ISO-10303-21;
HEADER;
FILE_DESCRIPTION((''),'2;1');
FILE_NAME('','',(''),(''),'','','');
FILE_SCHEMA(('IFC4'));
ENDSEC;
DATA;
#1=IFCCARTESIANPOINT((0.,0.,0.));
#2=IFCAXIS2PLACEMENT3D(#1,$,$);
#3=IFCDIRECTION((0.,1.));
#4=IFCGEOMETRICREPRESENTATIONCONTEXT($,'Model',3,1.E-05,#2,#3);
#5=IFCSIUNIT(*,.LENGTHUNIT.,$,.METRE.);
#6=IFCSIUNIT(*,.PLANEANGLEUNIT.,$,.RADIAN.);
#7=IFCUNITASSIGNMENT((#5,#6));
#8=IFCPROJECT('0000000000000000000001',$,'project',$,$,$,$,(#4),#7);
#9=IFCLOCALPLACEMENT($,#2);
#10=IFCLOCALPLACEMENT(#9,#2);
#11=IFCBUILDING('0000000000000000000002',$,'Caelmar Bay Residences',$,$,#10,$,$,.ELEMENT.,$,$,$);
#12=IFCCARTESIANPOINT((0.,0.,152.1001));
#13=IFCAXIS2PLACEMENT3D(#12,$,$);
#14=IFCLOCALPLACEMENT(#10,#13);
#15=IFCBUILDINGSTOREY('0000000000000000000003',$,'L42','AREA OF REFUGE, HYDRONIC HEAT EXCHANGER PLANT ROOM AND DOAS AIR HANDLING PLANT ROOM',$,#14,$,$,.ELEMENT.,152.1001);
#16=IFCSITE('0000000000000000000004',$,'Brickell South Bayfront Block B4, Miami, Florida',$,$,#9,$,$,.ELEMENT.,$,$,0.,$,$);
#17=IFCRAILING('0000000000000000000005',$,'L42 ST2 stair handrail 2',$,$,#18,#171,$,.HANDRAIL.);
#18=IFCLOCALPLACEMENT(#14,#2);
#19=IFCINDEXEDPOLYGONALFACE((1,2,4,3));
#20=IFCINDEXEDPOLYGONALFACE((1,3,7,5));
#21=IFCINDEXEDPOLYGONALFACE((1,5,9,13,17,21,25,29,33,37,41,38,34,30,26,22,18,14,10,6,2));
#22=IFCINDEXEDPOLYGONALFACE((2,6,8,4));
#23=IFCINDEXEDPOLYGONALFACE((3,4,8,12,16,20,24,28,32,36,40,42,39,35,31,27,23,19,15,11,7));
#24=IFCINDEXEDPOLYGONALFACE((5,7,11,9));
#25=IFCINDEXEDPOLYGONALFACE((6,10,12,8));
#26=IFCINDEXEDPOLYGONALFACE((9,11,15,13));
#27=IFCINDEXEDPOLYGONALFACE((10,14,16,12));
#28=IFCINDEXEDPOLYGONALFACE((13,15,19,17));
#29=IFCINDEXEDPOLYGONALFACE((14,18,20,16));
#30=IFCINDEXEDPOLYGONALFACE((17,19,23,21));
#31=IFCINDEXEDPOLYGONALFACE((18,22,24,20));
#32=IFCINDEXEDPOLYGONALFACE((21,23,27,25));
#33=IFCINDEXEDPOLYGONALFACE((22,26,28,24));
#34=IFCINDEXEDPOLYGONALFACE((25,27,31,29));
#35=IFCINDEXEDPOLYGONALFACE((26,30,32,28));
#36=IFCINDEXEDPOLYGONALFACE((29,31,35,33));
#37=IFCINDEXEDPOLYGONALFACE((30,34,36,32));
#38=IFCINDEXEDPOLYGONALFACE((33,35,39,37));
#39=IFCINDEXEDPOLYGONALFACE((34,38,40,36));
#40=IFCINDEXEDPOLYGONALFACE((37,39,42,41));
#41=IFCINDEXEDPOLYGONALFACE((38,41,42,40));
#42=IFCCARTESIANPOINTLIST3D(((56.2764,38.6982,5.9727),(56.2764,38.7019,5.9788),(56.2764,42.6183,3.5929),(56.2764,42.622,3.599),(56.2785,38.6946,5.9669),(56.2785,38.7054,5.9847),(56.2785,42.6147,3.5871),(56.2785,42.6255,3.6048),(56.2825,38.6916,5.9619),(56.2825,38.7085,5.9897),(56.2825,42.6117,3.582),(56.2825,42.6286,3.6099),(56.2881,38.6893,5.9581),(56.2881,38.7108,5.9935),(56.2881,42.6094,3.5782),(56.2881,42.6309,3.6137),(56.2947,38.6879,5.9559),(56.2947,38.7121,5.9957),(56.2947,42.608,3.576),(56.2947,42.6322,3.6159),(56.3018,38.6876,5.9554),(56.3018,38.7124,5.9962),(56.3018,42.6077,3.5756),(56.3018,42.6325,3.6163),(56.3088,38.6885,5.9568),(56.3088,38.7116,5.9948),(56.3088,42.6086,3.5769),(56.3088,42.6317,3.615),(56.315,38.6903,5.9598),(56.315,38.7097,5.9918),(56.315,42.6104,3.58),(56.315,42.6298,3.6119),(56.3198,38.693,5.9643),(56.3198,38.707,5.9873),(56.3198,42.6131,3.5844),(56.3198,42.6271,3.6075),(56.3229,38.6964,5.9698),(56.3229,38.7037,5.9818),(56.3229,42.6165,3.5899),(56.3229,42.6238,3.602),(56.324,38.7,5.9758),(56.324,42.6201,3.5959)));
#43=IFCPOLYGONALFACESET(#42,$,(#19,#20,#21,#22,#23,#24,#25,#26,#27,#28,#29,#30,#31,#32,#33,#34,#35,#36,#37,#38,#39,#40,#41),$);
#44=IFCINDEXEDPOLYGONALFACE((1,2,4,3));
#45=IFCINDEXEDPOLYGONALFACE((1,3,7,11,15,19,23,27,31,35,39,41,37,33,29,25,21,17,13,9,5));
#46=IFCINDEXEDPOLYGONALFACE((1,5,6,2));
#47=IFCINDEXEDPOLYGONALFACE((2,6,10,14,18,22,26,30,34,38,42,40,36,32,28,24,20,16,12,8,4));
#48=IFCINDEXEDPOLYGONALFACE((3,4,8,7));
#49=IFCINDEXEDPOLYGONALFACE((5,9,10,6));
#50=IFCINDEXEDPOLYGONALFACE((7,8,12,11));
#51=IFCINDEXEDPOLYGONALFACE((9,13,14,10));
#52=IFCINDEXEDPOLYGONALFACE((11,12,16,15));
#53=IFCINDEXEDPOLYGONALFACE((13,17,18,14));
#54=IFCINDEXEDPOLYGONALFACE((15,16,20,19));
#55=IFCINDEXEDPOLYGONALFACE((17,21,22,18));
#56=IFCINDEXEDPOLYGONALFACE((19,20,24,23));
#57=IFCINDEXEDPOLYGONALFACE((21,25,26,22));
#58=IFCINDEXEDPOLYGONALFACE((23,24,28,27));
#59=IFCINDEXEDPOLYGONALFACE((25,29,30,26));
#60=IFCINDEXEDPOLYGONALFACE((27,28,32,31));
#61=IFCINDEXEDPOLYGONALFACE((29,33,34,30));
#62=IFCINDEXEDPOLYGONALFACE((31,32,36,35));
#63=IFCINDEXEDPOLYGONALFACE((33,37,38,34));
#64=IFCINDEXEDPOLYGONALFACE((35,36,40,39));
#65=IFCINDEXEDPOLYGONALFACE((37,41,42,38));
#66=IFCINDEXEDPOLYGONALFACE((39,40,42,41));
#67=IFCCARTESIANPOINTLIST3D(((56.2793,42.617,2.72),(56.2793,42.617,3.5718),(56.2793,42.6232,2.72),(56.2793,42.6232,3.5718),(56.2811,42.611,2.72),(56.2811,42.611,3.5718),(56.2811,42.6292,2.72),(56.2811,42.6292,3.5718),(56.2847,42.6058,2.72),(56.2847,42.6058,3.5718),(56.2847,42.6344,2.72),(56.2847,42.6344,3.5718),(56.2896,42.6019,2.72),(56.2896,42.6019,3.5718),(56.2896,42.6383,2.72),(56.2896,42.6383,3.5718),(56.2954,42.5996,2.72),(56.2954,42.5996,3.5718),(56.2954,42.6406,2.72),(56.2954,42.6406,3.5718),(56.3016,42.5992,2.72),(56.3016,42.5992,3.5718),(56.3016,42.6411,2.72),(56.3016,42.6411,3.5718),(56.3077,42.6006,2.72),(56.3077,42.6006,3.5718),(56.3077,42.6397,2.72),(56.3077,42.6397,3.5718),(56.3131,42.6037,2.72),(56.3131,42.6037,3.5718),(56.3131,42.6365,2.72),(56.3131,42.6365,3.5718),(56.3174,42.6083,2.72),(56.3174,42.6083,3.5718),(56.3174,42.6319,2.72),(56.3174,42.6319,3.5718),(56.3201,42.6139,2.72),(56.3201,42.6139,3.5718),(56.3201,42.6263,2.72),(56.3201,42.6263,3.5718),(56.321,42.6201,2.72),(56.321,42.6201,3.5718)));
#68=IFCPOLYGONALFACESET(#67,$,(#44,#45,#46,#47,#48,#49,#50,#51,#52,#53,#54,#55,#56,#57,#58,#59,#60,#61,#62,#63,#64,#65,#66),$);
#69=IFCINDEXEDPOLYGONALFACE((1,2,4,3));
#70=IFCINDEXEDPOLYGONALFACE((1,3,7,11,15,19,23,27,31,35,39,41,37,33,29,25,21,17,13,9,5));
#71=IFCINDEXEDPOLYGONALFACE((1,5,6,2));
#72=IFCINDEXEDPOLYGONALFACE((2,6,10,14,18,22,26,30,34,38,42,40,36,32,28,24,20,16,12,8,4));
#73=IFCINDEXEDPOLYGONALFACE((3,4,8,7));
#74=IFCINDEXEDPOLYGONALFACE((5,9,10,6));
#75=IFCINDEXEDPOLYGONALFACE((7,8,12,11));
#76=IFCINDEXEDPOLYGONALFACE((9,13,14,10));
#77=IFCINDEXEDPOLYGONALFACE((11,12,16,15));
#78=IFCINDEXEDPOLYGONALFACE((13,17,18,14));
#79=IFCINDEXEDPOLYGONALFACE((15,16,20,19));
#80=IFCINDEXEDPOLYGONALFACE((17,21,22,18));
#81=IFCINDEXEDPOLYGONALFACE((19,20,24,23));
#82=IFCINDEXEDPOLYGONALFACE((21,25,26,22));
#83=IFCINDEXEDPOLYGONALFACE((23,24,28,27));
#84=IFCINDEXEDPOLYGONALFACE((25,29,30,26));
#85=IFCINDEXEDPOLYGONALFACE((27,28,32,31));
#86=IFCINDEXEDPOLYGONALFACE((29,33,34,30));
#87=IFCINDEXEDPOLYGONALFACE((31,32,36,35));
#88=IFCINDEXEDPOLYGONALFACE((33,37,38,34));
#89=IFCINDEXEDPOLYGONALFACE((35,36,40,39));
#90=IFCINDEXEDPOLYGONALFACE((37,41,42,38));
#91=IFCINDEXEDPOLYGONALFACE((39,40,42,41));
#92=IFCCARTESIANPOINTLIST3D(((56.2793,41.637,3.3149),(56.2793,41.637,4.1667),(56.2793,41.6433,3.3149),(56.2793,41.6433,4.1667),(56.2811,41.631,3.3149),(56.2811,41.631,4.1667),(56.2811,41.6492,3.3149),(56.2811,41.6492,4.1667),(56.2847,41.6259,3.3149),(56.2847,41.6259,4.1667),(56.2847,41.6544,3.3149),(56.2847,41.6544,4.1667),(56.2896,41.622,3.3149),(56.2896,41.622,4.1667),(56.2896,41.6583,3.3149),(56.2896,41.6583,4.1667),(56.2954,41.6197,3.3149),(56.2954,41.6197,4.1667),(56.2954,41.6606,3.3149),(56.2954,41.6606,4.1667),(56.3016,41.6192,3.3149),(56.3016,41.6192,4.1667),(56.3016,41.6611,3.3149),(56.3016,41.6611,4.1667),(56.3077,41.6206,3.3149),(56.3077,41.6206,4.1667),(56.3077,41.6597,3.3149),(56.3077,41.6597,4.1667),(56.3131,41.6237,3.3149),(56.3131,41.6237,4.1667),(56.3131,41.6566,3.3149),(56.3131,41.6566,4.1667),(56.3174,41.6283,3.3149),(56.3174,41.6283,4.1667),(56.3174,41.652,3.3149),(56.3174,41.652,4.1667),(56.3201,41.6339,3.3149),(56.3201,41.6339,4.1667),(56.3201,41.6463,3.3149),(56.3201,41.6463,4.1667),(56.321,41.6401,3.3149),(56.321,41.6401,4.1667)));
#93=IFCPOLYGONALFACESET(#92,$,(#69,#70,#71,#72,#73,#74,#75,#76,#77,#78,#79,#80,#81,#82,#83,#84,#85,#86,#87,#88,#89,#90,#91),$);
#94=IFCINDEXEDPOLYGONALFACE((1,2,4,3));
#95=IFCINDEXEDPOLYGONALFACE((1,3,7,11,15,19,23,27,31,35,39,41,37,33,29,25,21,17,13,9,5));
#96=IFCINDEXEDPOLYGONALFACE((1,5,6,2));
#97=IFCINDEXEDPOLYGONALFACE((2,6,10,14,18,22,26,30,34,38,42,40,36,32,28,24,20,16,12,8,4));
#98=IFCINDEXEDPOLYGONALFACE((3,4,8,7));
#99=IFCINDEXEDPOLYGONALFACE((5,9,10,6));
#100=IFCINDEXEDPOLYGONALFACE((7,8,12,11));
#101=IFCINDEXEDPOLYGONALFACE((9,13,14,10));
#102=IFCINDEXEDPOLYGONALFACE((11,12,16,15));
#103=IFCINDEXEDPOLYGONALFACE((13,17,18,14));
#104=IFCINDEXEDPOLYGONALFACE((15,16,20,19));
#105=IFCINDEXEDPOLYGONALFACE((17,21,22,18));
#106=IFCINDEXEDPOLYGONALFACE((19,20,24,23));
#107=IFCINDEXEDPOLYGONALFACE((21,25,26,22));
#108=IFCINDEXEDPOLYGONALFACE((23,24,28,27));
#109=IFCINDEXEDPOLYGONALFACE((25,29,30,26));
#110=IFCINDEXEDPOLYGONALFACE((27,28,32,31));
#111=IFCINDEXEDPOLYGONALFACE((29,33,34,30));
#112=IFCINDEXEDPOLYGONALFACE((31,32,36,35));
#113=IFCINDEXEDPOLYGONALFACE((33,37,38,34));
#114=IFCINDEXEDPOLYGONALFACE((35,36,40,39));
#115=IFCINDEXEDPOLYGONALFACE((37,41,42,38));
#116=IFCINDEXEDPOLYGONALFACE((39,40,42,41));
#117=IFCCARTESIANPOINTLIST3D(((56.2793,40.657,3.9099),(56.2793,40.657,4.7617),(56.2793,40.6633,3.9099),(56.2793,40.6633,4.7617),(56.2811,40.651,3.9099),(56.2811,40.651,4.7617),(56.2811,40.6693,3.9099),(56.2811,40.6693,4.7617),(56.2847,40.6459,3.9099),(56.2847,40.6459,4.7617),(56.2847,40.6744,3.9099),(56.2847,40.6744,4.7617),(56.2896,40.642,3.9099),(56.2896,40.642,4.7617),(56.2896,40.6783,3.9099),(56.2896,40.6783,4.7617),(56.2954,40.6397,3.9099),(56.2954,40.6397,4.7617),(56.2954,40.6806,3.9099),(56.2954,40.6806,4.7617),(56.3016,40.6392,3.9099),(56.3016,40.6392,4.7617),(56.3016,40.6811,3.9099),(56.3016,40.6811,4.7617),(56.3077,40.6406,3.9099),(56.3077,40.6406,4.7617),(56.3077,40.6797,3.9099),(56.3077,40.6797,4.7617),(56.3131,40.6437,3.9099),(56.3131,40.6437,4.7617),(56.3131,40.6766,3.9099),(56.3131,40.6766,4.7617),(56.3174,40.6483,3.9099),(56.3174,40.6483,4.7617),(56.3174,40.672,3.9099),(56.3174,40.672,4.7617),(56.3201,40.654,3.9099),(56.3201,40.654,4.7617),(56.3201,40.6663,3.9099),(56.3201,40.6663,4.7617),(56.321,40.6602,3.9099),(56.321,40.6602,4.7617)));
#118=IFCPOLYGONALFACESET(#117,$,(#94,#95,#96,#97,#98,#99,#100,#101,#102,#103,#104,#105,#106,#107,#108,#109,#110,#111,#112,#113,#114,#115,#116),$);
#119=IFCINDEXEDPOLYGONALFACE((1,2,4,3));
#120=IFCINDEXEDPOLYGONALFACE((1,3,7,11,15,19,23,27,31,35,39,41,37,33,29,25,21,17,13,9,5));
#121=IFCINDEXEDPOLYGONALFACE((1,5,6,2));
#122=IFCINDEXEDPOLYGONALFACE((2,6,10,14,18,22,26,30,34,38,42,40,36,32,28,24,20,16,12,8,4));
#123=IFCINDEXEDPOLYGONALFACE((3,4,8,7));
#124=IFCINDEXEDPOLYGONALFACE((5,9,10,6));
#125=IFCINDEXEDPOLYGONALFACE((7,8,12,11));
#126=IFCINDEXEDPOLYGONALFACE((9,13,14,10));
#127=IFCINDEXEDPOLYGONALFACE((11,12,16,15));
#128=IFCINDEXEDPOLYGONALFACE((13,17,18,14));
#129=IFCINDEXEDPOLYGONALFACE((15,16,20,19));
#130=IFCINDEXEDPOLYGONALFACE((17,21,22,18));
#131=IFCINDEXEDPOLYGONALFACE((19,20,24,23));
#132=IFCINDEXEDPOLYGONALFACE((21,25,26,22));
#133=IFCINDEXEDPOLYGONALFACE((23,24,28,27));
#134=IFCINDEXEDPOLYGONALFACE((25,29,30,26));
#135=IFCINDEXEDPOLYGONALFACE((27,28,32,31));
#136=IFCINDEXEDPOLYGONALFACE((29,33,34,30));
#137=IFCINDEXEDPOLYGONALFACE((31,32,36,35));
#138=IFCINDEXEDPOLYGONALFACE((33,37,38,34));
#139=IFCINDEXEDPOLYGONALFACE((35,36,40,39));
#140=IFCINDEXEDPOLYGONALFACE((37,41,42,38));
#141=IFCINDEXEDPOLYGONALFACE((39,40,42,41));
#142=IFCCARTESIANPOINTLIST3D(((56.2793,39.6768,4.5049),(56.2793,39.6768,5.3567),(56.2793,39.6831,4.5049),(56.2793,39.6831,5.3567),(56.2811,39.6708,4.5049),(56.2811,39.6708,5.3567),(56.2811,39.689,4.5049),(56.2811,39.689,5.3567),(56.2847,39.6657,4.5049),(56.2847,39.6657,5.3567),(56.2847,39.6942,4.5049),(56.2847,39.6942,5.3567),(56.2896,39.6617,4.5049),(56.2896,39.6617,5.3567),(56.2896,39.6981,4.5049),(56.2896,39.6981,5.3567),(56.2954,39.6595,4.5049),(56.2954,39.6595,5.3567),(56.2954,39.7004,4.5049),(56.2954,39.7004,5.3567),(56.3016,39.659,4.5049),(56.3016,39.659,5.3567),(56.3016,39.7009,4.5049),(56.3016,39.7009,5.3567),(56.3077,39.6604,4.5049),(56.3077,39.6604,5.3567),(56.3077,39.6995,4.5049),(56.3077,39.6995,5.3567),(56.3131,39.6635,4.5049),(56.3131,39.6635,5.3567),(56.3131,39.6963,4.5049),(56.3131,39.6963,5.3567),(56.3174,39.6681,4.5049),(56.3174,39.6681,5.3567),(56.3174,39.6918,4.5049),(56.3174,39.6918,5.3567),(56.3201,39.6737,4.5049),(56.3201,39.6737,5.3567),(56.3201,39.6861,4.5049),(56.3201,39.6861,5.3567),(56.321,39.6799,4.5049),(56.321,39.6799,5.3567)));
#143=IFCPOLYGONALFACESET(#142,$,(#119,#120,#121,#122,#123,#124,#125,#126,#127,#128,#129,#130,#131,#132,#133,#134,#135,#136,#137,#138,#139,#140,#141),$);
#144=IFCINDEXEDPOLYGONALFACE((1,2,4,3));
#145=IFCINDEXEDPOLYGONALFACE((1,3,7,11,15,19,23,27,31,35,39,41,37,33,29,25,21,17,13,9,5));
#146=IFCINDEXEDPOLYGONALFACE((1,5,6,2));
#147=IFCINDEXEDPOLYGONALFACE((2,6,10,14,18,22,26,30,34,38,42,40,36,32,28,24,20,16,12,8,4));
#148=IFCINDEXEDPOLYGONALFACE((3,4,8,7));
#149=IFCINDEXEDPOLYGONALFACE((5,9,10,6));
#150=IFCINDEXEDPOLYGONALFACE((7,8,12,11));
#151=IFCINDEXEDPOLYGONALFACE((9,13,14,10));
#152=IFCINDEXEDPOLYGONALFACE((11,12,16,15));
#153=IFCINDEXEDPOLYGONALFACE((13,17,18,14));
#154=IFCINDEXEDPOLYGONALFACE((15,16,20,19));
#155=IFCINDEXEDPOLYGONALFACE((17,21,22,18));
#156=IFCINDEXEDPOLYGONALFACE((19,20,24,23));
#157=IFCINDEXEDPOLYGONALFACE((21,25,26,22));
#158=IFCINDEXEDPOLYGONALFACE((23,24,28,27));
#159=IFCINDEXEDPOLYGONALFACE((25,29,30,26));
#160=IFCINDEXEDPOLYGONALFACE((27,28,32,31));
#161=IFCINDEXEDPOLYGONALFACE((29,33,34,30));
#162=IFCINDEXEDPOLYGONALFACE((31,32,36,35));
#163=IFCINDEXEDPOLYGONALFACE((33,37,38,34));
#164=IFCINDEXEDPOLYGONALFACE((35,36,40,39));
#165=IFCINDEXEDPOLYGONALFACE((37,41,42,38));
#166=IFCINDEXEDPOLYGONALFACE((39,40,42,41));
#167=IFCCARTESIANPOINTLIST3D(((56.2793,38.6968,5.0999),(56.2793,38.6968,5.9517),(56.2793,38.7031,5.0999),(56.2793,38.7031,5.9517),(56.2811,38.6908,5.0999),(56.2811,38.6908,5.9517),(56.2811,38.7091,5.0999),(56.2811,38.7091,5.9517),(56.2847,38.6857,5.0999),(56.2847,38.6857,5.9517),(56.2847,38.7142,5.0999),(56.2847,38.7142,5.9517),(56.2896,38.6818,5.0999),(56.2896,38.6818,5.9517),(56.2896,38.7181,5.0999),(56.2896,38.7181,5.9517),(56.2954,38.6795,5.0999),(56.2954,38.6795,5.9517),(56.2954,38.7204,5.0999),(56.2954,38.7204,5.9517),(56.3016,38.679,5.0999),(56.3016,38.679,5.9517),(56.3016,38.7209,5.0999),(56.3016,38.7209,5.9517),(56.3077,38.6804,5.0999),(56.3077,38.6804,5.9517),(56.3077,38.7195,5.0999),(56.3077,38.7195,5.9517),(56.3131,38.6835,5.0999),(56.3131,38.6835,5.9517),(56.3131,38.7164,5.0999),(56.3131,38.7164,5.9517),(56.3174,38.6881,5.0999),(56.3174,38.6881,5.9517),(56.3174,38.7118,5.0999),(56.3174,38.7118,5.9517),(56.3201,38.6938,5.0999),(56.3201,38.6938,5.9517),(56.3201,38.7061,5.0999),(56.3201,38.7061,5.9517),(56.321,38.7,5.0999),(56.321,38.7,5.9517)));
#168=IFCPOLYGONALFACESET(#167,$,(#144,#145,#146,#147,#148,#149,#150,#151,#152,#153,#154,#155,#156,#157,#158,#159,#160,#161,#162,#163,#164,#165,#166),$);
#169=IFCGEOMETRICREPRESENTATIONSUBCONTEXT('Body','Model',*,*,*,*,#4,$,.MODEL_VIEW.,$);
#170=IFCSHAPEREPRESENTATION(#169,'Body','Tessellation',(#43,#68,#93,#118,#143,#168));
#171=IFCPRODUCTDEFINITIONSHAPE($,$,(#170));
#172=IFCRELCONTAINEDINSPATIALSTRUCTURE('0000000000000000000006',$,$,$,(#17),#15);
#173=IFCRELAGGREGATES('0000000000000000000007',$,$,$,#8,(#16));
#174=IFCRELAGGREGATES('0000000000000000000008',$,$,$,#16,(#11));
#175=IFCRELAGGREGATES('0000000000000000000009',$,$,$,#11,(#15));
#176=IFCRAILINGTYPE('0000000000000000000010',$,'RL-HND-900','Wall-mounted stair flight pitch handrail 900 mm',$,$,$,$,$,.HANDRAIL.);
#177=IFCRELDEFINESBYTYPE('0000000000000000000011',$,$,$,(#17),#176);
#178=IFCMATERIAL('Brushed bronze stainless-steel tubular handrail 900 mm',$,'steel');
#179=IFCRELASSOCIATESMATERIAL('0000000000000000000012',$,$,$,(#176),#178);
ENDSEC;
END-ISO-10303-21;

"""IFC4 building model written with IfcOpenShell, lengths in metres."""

from ifc_helpers import new_model, si_unit, direction, frame, origin, origin_2d, place, context, subcontext, project, spatial, circle, extrude, material, type_object, element, save


model = new_model("IFC4")

# Units and contexts
model_context = context("Model", 3, precision=1e-05, world=origin(), true_north=direction((0.0, 1.0)))
body_context = subcontext(model_context, "Body", "Model", "MODEL_VIEW")
ifc_project = project(units=[si_unit("LENGTHUNIT", "METRE"), si_unit("PLANEANGLEUNIT", "RADIAN")], contexts=[model_context])

# Site, building, storey
site_placement = place(None, origin())
site = spatial("IfcSite", under=ifc_project, at=site_placement, Name="Brickell South Bayfront Block B4, Miami, Florida", CompositionType="ELEMENT", RefElevation=0.0)
building_placement = place(site_placement, origin())
building = spatial("IfcBuilding", under=site, at=building_placement, Name="Caelmar Bay Residences", CompositionType="ELEMENT")
storey_placement = place(building_placement, frame((0.0, 0.0, 152.1001)))
storey = spatial("IfcBuildingStorey", under=building, at=storey_placement, Name="L42", Description="AREA OF REFUGE, HYDRONIC HEAT EXCHANGER PLANT ROOM AND DOAS AIR HANDLING PLANT ROOM", CompositionType="ELEMENT", Elevation=152.1001)

# Railing
ifc_material_1 = material(Name="Brushed bronze stainless-steel tubular handrail 900 mm", Category="steel")
railing_type_1 = type_object("IfcRailingType", Name="RL-HND-900", Description="Wall-mounted stair flight pitch handrail 900 mm", PredefinedType="HANDRAIL", material=ifc_material_1)
railing_1_placement = place(storey_placement, frame((56.3, 42.6201, 2.72)))
element("IfcRailing", 1, at=railing_1_placement, inside=storey, type_object=railing_type_1, Name="L42 ST2 stair handrail 2", PredefinedType="HANDRAIL", context=body_context, shape_type="SweptSolid", body=[
    extrude(circle(Radius=0.0239, at=origin_2d()), frame((0.0, 0.0, 0.876), z_axis=(0.0, -0.854809, 0.518943), x_axis=(1.0, 0.0, 0.0)), (0.0, 0.0, 1.0), 4.5859),
    extrude(circle(Radius=0.021, at=origin_2d()), origin(), (0.0, 0.0, 1.0), 0.8518),
    extrude(circle(Radius=0.021, at=origin_2d()), frame((0.0, -0.98, 0.595)), (0.0, 0.0, 1.0), 0.8518),
    extrude(circle(Radius=0.021, at=origin_2d()), frame((0.0, -1.96, 1.1899)), (0.0, 0.0, 1.0), 0.8518),
    extrude(circle(Radius=0.021, at=origin_2d()), frame((0.0, -2.9402, 1.7849)), (0.0, 0.0, 1.0), 0.8518),
    extrude(circle(Radius=0.021, at=origin_2d()), frame((0.0, -3.9202, 2.3799)), (0.0, 0.0, 1.0), 0.8518),
])

save(model, "model.ifc")
